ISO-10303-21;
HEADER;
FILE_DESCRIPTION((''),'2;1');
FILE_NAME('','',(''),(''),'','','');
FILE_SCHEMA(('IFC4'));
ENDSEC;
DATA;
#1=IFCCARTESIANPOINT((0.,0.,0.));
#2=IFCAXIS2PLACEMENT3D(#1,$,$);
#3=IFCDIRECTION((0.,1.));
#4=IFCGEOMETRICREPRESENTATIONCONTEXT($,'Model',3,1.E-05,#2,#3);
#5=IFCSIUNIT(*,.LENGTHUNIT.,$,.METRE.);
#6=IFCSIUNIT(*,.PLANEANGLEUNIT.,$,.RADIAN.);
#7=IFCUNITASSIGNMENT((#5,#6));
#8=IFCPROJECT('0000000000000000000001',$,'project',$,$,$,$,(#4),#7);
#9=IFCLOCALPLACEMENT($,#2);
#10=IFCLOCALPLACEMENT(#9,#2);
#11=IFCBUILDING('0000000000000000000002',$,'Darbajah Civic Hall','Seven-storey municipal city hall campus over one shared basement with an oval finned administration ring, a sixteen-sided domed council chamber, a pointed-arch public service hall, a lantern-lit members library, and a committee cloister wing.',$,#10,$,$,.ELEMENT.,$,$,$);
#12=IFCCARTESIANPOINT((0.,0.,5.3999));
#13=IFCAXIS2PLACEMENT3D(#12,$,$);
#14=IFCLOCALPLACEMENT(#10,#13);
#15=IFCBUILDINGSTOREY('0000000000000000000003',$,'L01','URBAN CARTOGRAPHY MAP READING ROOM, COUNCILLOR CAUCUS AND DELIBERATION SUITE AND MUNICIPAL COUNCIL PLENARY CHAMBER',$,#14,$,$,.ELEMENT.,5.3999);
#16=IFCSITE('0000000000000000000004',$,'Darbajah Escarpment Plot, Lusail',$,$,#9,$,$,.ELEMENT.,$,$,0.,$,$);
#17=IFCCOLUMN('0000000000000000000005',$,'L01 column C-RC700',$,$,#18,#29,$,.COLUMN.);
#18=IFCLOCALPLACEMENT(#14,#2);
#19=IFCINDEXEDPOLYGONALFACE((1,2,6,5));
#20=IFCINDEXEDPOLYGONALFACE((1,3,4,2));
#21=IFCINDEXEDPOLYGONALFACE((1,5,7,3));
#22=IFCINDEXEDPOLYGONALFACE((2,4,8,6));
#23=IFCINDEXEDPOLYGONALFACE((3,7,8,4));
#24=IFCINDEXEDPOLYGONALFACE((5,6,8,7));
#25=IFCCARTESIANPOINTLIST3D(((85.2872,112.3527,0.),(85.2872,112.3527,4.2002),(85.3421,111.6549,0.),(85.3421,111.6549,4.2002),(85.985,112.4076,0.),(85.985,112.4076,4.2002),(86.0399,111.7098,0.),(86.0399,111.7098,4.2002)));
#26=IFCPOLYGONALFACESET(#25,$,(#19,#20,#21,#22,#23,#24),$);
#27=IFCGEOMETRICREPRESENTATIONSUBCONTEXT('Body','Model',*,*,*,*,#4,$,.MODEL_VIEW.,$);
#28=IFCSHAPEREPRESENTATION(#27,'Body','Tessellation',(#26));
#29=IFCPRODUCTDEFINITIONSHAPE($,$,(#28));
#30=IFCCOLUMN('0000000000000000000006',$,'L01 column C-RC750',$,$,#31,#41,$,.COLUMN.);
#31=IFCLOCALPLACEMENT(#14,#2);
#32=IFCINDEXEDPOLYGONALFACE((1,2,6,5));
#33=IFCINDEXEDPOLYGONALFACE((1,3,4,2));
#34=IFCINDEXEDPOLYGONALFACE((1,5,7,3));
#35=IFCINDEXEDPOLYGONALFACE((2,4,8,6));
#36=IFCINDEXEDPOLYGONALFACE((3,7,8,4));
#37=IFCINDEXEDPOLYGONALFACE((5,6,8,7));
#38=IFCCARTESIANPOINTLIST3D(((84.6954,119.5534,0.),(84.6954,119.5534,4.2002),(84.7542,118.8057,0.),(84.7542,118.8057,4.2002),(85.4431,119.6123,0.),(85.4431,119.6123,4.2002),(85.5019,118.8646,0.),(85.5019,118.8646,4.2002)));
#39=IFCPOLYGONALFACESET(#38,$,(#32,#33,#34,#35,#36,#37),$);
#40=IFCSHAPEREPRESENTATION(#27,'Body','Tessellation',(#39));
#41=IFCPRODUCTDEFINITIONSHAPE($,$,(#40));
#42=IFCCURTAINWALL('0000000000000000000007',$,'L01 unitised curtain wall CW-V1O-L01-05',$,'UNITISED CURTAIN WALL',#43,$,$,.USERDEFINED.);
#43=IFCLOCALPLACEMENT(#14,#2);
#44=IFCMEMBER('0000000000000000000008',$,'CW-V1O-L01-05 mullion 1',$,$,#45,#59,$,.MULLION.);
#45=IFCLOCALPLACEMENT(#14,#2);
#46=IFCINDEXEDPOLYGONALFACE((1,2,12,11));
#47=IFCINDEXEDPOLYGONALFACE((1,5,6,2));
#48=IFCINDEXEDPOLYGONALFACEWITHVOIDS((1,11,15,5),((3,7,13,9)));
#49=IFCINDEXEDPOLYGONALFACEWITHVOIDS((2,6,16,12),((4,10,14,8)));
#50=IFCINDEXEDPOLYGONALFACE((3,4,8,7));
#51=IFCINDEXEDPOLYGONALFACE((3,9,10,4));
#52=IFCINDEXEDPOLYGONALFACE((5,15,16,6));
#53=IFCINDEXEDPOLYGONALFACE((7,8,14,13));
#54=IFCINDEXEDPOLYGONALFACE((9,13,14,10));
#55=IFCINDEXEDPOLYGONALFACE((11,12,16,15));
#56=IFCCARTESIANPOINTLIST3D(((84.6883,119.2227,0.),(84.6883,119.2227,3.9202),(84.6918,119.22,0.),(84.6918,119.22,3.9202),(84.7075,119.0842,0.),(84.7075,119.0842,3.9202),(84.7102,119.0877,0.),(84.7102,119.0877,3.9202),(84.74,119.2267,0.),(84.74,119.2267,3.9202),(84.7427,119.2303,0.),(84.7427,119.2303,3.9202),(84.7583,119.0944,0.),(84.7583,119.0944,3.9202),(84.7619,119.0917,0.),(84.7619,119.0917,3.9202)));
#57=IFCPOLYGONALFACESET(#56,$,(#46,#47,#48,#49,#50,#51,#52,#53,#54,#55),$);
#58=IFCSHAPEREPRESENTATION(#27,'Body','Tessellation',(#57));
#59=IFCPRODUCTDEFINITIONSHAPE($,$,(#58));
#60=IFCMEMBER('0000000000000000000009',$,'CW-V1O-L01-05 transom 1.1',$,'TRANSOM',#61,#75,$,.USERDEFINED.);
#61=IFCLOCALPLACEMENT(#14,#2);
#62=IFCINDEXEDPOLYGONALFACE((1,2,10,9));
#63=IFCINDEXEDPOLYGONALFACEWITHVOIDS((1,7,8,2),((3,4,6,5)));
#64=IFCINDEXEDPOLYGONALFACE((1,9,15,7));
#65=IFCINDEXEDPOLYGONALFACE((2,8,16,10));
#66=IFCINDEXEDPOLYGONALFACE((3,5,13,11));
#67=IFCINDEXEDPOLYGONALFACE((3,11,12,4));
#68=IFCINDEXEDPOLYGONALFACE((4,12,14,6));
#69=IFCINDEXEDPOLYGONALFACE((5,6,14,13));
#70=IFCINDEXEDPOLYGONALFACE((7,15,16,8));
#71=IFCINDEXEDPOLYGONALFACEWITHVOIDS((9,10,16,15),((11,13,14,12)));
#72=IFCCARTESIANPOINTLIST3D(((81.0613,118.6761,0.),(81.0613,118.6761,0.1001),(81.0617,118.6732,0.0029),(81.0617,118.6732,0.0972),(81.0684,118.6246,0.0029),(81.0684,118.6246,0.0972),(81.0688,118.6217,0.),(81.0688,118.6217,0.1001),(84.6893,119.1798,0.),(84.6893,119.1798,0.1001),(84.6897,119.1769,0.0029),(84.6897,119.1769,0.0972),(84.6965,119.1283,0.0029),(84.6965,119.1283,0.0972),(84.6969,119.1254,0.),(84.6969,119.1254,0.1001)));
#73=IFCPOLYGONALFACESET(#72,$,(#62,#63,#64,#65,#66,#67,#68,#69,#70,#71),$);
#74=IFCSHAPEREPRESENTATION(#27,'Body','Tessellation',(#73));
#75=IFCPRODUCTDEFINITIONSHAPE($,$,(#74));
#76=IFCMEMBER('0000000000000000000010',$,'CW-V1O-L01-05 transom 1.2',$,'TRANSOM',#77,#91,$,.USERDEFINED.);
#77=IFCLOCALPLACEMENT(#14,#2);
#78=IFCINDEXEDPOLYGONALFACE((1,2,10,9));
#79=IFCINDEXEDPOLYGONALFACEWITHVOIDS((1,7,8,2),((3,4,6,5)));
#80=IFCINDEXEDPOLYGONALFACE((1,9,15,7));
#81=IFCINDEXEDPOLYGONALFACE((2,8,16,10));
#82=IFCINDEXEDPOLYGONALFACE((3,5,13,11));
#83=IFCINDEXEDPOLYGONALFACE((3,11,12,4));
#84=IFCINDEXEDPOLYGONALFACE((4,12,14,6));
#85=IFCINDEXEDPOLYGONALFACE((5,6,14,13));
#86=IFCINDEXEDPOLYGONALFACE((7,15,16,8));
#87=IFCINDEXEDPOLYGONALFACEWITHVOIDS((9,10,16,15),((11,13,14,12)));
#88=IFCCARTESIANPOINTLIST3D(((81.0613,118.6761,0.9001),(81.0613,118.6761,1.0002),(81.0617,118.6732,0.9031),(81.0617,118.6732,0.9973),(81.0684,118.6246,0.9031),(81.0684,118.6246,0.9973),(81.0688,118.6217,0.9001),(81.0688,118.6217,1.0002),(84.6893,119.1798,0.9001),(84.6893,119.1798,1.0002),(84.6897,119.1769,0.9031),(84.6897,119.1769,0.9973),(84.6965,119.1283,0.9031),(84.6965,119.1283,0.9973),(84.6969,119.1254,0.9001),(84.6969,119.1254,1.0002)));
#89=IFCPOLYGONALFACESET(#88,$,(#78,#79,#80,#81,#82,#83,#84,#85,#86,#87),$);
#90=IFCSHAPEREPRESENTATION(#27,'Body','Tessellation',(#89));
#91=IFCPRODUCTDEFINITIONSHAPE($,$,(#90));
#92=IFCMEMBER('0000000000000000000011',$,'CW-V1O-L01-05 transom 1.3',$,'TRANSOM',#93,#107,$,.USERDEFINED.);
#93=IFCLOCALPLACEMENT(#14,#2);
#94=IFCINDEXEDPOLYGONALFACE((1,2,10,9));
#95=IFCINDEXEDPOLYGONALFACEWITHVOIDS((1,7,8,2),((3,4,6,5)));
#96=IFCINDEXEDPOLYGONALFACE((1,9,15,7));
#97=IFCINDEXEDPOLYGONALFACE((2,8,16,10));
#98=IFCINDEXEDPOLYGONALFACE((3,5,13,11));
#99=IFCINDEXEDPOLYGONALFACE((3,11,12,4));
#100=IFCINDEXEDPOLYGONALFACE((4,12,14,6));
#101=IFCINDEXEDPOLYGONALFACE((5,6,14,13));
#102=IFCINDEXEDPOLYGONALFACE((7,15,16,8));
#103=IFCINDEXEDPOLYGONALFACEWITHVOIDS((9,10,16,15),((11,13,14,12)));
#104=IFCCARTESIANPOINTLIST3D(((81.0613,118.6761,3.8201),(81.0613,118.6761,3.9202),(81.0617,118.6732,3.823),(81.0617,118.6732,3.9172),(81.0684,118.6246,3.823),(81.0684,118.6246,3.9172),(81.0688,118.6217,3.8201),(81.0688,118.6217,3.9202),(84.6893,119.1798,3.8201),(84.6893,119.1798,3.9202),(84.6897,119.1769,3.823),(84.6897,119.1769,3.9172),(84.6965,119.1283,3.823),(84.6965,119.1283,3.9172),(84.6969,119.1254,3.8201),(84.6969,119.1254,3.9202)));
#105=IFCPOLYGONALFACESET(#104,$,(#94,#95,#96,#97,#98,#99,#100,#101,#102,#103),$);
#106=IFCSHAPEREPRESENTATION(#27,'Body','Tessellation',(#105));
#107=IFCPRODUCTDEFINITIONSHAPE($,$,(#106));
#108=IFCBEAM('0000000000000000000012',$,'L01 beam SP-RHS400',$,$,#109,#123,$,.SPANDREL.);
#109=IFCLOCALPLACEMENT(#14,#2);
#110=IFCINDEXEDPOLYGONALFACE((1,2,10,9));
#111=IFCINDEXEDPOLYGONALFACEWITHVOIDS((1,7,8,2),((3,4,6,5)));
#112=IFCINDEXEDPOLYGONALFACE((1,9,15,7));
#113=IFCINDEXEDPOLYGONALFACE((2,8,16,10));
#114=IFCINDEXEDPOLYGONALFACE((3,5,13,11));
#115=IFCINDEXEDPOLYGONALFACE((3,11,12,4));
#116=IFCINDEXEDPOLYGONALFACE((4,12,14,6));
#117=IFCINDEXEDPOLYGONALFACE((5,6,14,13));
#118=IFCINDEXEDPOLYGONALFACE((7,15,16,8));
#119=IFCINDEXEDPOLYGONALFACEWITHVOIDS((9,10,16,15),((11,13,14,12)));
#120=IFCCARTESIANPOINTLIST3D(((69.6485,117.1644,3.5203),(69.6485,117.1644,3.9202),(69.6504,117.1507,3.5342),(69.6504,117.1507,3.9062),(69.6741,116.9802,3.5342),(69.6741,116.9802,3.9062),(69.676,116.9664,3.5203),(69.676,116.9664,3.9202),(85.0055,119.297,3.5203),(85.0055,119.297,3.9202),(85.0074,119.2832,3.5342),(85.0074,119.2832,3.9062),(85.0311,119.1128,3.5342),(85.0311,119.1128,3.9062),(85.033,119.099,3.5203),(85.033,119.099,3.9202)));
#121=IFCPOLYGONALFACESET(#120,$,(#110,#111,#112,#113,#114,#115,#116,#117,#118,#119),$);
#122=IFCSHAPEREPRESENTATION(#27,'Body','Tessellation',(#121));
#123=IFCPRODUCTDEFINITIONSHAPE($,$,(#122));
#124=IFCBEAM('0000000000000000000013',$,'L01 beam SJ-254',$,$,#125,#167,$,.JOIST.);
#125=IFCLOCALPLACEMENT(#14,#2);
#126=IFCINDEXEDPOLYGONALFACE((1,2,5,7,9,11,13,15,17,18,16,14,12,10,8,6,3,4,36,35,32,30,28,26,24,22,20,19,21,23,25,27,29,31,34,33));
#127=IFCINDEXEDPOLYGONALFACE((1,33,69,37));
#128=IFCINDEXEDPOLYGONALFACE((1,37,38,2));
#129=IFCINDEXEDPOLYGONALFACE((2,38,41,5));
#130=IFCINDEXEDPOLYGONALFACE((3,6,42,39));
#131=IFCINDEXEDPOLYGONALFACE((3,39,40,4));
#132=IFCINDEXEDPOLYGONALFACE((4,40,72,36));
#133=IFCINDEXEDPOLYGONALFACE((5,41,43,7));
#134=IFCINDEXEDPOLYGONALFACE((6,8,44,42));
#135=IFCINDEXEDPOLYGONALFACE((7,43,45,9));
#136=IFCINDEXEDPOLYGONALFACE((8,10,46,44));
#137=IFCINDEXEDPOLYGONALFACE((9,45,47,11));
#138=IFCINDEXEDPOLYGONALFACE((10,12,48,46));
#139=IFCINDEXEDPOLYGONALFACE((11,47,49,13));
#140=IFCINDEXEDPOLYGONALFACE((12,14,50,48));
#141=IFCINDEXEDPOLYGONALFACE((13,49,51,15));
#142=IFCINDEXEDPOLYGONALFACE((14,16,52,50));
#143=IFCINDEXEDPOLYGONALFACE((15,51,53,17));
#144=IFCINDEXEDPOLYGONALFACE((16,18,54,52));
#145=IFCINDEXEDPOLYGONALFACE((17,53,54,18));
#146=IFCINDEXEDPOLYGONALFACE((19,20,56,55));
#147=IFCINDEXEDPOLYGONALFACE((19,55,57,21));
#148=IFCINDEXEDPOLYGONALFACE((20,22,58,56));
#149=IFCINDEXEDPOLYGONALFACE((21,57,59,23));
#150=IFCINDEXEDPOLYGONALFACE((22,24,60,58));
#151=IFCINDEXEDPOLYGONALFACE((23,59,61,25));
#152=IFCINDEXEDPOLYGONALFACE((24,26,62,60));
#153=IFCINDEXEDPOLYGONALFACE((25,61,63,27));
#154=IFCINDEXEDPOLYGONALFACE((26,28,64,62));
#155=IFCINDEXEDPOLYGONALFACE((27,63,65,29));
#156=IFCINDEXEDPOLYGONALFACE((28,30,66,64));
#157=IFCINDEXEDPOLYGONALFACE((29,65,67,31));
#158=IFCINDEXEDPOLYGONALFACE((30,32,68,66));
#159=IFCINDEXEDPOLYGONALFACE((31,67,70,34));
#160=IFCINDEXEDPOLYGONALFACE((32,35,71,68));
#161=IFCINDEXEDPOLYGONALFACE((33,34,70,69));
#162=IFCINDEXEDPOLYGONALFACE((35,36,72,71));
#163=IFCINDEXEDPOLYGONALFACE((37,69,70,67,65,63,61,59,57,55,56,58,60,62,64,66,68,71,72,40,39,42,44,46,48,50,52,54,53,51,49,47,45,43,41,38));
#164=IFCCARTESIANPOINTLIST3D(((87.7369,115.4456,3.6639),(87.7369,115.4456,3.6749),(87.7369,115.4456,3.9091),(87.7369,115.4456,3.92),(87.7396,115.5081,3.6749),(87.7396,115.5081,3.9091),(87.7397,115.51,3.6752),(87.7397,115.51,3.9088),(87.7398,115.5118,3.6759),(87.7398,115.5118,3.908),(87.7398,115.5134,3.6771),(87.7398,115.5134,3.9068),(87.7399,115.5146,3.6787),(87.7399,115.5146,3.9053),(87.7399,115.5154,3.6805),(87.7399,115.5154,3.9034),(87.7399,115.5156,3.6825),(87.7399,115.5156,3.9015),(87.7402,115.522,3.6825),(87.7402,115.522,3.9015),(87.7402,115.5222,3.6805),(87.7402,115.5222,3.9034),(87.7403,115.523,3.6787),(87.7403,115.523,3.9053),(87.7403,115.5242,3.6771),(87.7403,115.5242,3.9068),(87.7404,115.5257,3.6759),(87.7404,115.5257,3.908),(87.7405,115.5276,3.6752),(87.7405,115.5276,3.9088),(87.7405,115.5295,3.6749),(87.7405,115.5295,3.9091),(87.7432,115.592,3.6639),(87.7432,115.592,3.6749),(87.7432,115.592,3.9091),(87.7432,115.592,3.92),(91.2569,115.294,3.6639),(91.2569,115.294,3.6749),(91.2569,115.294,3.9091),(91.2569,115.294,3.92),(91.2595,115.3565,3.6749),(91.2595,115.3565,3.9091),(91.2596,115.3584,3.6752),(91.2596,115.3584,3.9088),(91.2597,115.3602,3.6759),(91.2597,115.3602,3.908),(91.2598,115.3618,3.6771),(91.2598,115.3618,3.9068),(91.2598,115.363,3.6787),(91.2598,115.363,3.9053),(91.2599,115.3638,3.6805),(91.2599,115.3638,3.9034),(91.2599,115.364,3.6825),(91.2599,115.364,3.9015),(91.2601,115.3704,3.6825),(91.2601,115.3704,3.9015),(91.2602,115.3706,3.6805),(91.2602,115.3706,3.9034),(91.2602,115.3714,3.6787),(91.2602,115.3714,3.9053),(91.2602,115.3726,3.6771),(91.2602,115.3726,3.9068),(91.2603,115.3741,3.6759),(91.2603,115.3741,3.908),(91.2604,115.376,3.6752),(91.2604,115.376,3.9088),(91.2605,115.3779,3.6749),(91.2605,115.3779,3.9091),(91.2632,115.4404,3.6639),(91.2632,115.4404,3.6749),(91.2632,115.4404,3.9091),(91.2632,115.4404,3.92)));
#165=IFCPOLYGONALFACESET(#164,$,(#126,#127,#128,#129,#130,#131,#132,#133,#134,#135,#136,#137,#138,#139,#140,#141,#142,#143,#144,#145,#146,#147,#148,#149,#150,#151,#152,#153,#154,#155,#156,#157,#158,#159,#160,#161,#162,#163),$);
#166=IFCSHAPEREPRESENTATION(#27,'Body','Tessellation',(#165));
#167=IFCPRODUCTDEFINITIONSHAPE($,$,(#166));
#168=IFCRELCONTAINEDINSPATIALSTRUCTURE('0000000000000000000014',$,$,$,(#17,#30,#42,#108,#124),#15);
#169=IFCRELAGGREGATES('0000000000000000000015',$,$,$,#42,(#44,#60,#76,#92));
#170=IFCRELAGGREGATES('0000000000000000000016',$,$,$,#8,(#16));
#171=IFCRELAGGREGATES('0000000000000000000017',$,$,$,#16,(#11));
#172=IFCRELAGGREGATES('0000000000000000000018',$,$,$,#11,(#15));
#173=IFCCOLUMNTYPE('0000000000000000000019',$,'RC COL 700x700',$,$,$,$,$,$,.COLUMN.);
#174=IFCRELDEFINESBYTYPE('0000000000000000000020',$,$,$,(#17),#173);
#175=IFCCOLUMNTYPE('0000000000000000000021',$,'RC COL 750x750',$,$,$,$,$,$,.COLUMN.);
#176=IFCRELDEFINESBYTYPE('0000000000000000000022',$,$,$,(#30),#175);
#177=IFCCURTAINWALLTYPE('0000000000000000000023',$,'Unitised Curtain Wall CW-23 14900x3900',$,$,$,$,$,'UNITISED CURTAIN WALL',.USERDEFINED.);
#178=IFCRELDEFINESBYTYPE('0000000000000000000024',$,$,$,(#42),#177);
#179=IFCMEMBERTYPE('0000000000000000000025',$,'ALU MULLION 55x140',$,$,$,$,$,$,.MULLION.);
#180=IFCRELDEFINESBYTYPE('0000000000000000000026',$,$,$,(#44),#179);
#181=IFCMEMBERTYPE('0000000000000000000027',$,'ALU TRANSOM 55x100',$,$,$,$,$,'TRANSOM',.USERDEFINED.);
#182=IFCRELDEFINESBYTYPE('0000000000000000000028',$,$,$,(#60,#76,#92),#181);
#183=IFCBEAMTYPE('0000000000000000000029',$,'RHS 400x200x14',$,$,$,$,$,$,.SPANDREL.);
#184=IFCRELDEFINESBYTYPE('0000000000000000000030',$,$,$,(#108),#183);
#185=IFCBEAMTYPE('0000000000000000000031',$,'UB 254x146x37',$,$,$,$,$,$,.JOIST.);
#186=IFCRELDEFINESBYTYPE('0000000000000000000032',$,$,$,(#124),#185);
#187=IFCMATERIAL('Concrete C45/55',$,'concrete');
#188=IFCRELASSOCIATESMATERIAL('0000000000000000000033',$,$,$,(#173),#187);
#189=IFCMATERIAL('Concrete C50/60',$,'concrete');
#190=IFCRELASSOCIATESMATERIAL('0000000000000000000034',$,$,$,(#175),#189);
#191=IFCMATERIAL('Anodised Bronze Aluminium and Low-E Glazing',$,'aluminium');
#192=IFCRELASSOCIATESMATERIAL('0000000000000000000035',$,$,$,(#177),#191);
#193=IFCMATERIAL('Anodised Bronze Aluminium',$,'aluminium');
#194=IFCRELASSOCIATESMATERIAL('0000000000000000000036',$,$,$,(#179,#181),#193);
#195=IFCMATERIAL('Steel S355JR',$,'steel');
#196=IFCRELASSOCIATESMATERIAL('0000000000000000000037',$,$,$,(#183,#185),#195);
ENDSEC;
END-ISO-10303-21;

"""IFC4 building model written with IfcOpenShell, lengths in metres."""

from ifc_helpers import new_model, si_unit, direction, frame, origin, origin_2d, place, context, subcontext, project, spatial, rectangle, hollow_rectangle, i_section, extrude, material, material_profile, profile_set, type_object, element, aggregate, save


model = new_model("IFC4")

# Units and contexts
model_context = context("Model", 3, precision=1e-05, world=origin(), true_north=direction((0.0, 1.0)))
body_context = subcontext(model_context, "Body", "Model", "MODEL_VIEW")
ifc_project = project(units=[si_unit("LENGTHUNIT", "METRE"), si_unit("PLANEANGLEUNIT", "RADIAN")], contexts=[model_context])

# Site, building, storey
site_placement = place(None, origin())
site = spatial("IfcSite", under=ifc_project, at=site_placement, Name="Darbajah Escarpment Plot, Lusail", CompositionType="ELEMENT", RefElevation=0.0)
building_placement = place(site_placement, origin())
building = spatial("IfcBuilding", under=site, at=building_placement, Name="Darbajah Civic Hall", Description="Seven-storey municipal city hall campus over one shared basement with an oval finned administration ring, a sixteen-sided domed council chamber, a pointed-arch public service hall, a lantern-lit members library, and a committee cloister wing.", CompositionType="ELEMENT")
storey_placement = place(building_placement, frame((0.0, 0.0, 5.3999)))
storey = spatial("IfcBuildingStorey", under=building, at=storey_placement, Name="L01", Description="URBAN CARTOGRAPHY MAP READING ROOM, COUNCILLOR CAUCUS AND DELIBERATION SUITE AND MUNICIPAL COUNCIL PLENARY CHAMBER", CompositionType="ELEMENT", Elevation=5.3999)

# Columns
ifc_material_1 = material(Name="Concrete C45/55", Category="concrete")
ifc_material_profile_1 = material_profile(ifc_material_1, rectangle(XDim=0.7, YDim=0.7, at=origin_2d()), Name="RC COL 700x700")
ifc_profile_set_1 = profile_set([ifc_material_profile_1], Name="Concrete C45/55")
column_type_1 = type_object("IfcColumnType", Name="RC COL 700x700", PredefinedType="COLUMN", material=ifc_profile_set_1)
column_1_placement = place(storey_placement, frame((85.6636, 112.0312, 0.0), z_axis=(0.0, 0.0, 1.0), x_axis=(-0.078459, 0.996917, 0.0)))
element("IfcColumn", 1, at=column_1_placement, inside=storey, type_object=column_type_1, Name="L01 column C-RC700", PredefinedType="COLUMN", context=body_context, shape_type="SweptSolid", body=[
    extrude(rectangle(XDim=0.7, YDim=0.7, at=origin_2d()), origin(), (0.0, 0.0, 1.0), 4.2002),
])
ifc_material_2 = material(Name="Concrete C50/60", Category="concrete")
ifc_material_profile_2 = material_profile(ifc_material_2, rectangle(XDim=0.75, YDim=0.75, at=origin_2d()), Name="RC COL 750x750")
ifc_profile_set_2 = profile_set([ifc_material_profile_2], Name="Concrete C50/60")
column_type_2 = type_object("IfcColumnType", Name="RC COL 750x750", PredefinedType="COLUMN", material=ifc_profile_set_2)
column_2_placement = place(storey_placement, frame((85.0986, 119.209, 0.0), z_axis=(0.0, 0.0, 1.0), x_axis=(-0.078459, 0.996917, 0.0)))
element("IfcColumn", 2, at=column_2_placement, inside=storey, type_object=column_type_2, Name="L01 column C-RC750", PredefinedType="COLUMN", context=body_context, shape_type="SweptSolid", body=[
    extrude(rectangle(XDim=0.75, YDim=0.75, at=origin_2d()), origin(), (0.0, 0.0, 1.0), 4.2002),
])

# Curtain wall, members
ifc_material_3 = material(Name="Anodised Bronze Aluminium and Low-E Glazing", Category="aluminium")
curtain_wall_type = type_object("IfcCurtainWallType", Name="Unitised Curtain Wall CW-23 14900x3900", ElementType="UNITISED CURTAIN WALL", PredefinedType="USERDEFINED", material=ifc_material_3)
curtain_wall_placement = place(storey_placement, origin())
curtain_wall = element("IfcCurtainWall", 3, at=curtain_wall_placement, inside=storey, type_object=curtain_wall_type, Name="L01 unitised curtain wall CW-V1O-L01-05", ObjectType="UNITISED CURTAIN WALL", PredefinedType="USERDEFINED")
ifc_material_4 = material(Name="Anodised Bronze Aluminium", Category="aluminium")
ifc_material_profile_3 = material_profile(ifc_material_4, hollow_rectangle(XDim=0.0549, YDim=0.1399, WallThickness=0.0032, at=origin_2d()), Name="ALU MULLION 55x140")
ifc_profile_set_3 = profile_set([ifc_material_profile_3], Name="Anodised Bronze Aluminium")
member_type_1 = type_object("IfcMemberType", Name="ALU MULLION 55x140", PredefinedType="MULLION", material=ifc_profile_set_3)
member_1_placement = place(storey_placement, frame((84.7251, 119.1572, 0.0), z_axis=(0.0, 0.0, 1.0), x_axis=(-0.990485, -0.137617, 0.0)))
member_1 = element("IfcMember", 4, at=member_1_placement, type_object=member_type_1, Name="CW-V1O-L01-05 mullion 1", PredefinedType="MULLION", context=body_context, shape_type="SweptSolid", body=[
    extrude(hollow_rectangle(XDim=0.0549, YDim=0.1399, WallThickness=0.0032, at=origin_2d()), origin(), (0.0, 0.0, 1.0), 3.9202),
])
ifc_material_profile_4 = material_profile(ifc_material_4, hollow_rectangle(XDim=0.0549, YDim=0.1001, WallThickness=0.0029, at=origin_2d()), Name="ALU TRANSOM 55x100")
ifc_profile_set_4 = profile_set([ifc_material_profile_4], Name="Anodised Bronze Aluminium")
member_type_2 = type_object("IfcMemberType", Name="ALU TRANSOM 55x100", ElementType="TRANSOM", PredefinedType="USERDEFINED", material=ifc_profile_set_4)
member_2_placement = place(storey_placement, frame((84.6931, 119.1526, 0.05), z_axis=(-0.9905, -0.13751, 0.0), x_axis=(0.13751, -0.9905, 0.0)))
member_2 = element("IfcMember", 5, at=member_2_placement, type_object=member_type_2, Name="CW-V1O-L01-05 transom 1.1", ObjectType="TRANSOM", PredefinedType="USERDEFINED", context=body_context, shape_type="SweptSolid", body=[
    extrude(hollow_rectangle(XDim=0.0549, YDim=0.1001, WallThickness=0.0029, at=origin_2d()), origin(), (0.0, 0.0, 1.0), 3.6628),
])
member_3_placement = place(storey_placement, frame((84.6931, 119.1526, 0.9502), z_axis=(-0.9905, -0.13751, 0.0), x_axis=(0.13751, -0.9905, 0.0)))
member_3 = element("IfcMember", 6, at=member_3_placement, type_object=member_type_2, Name="CW-V1O-L01-05 transom 1.2", ObjectType="TRANSOM", PredefinedType="USERDEFINED", context=body_context, shape_type="SweptSolid", body=[
    extrude(hollow_rectangle(XDim=0.0549, YDim=0.1001, WallThickness=0.0029, at=origin_2d()), origin(), (0.0, 0.0, 1.0), 3.6628),
])
member_4_placement = place(storey_placement, frame((84.6931, 119.1526, 3.8701), z_axis=(-0.9905, -0.13751, 0.0), x_axis=(0.13751, -0.9905, 0.0)))
member_4 = element("IfcMember", 7, at=member_4_placement, type_object=member_type_2, Name="CW-V1O-L01-05 transom 1.3", ObjectType="TRANSOM", PredefinedType="USERDEFINED", context=body_context, shape_type="SweptSolid", body=[
    extrude(hollow_rectangle(XDim=0.0549, YDim=0.1001, WallThickness=0.0029, at=origin_2d()), origin(), (0.0, 0.0, 1.0), 3.6628),
])
aggregate(curtain_wall, [member_1, member_2, member_3, member_4])

# Beams
ifc_material_5 = material(Name="Steel S355JR", Category="steel")
ifc_material_profile_5 = material_profile(ifc_material_5, hollow_rectangle(XDim=0.2, YDim=0.3999, WallThickness=0.0139, at=origin_2d()), Name="RHS 400x200x14")
ifc_profile_set_5 = profile_set([ifc_material_profile_5], Name="Steel S355JR")
beam_type_1 = type_object("IfcBeamType", Name="RHS 400x200x14", PredefinedType="SPANDREL", material=ifc_profile_set_5)
beam_1_placement = place(storey_placement, frame((85.0193, 119.198, 3.7202), z_axis=(-0.990495, -0.137547, 0.0), x_axis=(0.137547, -0.990495, 0.0)))
element("IfcBeam", 8, at=beam_1_placement, inside=storey, type_object=beam_type_1, Name="L01 beam SP-RHS400", PredefinedType="SPANDREL", context=body_context, shape_type="SweptSolid", body=[
    extrude(hollow_rectangle(XDim=0.2, YDim=0.3999, WallThickness=0.0139, at=origin_2d()), origin(), (0.0, 0.0, 1.0), 15.5044),
])
ifc_material_profile_6 = material_profile(ifc_material_5, i_section(OverallWidth=0.1465, OverallDepth=0.2561, WebThickness=0.0063, FlangeThickness=0.011, FilletRadius=0.0076, at=origin_2d()), Name="UB 254x146x37")
ifc_profile_set_6 = profile_set([ifc_material_profile_6], Name="Steel S355JR")
beam_type_2 = type_object("IfcBeamType", Name="UB 254x146x37", PredefinedType="JOIST", material=ifc_profile_set_6)
beam_2_placement = place(storey_placement, frame((91.26, 115.3672, 3.792), z_axis=(-0.999074, 0.043031, 0.0), x_axis=(-0.043031, -0.999074, 0.0)))
element("IfcBeam", 9, at=beam_2_placement, inside=storey, type_object=beam_type_2, Name="L01 beam SJ-254", PredefinedType="JOIST", context=body_context, shape_type="SweptSolid", body=[
    extrude(i_section(OverallWidth=0.1465, OverallDepth=0.2561, WebThickness=0.0063, FlangeThickness=0.011, FilletRadius=0.0076, at=origin_2d()), origin(), (0.0, 0.0, 1.0), 3.5232),
])

save(model, "model.ifc")
